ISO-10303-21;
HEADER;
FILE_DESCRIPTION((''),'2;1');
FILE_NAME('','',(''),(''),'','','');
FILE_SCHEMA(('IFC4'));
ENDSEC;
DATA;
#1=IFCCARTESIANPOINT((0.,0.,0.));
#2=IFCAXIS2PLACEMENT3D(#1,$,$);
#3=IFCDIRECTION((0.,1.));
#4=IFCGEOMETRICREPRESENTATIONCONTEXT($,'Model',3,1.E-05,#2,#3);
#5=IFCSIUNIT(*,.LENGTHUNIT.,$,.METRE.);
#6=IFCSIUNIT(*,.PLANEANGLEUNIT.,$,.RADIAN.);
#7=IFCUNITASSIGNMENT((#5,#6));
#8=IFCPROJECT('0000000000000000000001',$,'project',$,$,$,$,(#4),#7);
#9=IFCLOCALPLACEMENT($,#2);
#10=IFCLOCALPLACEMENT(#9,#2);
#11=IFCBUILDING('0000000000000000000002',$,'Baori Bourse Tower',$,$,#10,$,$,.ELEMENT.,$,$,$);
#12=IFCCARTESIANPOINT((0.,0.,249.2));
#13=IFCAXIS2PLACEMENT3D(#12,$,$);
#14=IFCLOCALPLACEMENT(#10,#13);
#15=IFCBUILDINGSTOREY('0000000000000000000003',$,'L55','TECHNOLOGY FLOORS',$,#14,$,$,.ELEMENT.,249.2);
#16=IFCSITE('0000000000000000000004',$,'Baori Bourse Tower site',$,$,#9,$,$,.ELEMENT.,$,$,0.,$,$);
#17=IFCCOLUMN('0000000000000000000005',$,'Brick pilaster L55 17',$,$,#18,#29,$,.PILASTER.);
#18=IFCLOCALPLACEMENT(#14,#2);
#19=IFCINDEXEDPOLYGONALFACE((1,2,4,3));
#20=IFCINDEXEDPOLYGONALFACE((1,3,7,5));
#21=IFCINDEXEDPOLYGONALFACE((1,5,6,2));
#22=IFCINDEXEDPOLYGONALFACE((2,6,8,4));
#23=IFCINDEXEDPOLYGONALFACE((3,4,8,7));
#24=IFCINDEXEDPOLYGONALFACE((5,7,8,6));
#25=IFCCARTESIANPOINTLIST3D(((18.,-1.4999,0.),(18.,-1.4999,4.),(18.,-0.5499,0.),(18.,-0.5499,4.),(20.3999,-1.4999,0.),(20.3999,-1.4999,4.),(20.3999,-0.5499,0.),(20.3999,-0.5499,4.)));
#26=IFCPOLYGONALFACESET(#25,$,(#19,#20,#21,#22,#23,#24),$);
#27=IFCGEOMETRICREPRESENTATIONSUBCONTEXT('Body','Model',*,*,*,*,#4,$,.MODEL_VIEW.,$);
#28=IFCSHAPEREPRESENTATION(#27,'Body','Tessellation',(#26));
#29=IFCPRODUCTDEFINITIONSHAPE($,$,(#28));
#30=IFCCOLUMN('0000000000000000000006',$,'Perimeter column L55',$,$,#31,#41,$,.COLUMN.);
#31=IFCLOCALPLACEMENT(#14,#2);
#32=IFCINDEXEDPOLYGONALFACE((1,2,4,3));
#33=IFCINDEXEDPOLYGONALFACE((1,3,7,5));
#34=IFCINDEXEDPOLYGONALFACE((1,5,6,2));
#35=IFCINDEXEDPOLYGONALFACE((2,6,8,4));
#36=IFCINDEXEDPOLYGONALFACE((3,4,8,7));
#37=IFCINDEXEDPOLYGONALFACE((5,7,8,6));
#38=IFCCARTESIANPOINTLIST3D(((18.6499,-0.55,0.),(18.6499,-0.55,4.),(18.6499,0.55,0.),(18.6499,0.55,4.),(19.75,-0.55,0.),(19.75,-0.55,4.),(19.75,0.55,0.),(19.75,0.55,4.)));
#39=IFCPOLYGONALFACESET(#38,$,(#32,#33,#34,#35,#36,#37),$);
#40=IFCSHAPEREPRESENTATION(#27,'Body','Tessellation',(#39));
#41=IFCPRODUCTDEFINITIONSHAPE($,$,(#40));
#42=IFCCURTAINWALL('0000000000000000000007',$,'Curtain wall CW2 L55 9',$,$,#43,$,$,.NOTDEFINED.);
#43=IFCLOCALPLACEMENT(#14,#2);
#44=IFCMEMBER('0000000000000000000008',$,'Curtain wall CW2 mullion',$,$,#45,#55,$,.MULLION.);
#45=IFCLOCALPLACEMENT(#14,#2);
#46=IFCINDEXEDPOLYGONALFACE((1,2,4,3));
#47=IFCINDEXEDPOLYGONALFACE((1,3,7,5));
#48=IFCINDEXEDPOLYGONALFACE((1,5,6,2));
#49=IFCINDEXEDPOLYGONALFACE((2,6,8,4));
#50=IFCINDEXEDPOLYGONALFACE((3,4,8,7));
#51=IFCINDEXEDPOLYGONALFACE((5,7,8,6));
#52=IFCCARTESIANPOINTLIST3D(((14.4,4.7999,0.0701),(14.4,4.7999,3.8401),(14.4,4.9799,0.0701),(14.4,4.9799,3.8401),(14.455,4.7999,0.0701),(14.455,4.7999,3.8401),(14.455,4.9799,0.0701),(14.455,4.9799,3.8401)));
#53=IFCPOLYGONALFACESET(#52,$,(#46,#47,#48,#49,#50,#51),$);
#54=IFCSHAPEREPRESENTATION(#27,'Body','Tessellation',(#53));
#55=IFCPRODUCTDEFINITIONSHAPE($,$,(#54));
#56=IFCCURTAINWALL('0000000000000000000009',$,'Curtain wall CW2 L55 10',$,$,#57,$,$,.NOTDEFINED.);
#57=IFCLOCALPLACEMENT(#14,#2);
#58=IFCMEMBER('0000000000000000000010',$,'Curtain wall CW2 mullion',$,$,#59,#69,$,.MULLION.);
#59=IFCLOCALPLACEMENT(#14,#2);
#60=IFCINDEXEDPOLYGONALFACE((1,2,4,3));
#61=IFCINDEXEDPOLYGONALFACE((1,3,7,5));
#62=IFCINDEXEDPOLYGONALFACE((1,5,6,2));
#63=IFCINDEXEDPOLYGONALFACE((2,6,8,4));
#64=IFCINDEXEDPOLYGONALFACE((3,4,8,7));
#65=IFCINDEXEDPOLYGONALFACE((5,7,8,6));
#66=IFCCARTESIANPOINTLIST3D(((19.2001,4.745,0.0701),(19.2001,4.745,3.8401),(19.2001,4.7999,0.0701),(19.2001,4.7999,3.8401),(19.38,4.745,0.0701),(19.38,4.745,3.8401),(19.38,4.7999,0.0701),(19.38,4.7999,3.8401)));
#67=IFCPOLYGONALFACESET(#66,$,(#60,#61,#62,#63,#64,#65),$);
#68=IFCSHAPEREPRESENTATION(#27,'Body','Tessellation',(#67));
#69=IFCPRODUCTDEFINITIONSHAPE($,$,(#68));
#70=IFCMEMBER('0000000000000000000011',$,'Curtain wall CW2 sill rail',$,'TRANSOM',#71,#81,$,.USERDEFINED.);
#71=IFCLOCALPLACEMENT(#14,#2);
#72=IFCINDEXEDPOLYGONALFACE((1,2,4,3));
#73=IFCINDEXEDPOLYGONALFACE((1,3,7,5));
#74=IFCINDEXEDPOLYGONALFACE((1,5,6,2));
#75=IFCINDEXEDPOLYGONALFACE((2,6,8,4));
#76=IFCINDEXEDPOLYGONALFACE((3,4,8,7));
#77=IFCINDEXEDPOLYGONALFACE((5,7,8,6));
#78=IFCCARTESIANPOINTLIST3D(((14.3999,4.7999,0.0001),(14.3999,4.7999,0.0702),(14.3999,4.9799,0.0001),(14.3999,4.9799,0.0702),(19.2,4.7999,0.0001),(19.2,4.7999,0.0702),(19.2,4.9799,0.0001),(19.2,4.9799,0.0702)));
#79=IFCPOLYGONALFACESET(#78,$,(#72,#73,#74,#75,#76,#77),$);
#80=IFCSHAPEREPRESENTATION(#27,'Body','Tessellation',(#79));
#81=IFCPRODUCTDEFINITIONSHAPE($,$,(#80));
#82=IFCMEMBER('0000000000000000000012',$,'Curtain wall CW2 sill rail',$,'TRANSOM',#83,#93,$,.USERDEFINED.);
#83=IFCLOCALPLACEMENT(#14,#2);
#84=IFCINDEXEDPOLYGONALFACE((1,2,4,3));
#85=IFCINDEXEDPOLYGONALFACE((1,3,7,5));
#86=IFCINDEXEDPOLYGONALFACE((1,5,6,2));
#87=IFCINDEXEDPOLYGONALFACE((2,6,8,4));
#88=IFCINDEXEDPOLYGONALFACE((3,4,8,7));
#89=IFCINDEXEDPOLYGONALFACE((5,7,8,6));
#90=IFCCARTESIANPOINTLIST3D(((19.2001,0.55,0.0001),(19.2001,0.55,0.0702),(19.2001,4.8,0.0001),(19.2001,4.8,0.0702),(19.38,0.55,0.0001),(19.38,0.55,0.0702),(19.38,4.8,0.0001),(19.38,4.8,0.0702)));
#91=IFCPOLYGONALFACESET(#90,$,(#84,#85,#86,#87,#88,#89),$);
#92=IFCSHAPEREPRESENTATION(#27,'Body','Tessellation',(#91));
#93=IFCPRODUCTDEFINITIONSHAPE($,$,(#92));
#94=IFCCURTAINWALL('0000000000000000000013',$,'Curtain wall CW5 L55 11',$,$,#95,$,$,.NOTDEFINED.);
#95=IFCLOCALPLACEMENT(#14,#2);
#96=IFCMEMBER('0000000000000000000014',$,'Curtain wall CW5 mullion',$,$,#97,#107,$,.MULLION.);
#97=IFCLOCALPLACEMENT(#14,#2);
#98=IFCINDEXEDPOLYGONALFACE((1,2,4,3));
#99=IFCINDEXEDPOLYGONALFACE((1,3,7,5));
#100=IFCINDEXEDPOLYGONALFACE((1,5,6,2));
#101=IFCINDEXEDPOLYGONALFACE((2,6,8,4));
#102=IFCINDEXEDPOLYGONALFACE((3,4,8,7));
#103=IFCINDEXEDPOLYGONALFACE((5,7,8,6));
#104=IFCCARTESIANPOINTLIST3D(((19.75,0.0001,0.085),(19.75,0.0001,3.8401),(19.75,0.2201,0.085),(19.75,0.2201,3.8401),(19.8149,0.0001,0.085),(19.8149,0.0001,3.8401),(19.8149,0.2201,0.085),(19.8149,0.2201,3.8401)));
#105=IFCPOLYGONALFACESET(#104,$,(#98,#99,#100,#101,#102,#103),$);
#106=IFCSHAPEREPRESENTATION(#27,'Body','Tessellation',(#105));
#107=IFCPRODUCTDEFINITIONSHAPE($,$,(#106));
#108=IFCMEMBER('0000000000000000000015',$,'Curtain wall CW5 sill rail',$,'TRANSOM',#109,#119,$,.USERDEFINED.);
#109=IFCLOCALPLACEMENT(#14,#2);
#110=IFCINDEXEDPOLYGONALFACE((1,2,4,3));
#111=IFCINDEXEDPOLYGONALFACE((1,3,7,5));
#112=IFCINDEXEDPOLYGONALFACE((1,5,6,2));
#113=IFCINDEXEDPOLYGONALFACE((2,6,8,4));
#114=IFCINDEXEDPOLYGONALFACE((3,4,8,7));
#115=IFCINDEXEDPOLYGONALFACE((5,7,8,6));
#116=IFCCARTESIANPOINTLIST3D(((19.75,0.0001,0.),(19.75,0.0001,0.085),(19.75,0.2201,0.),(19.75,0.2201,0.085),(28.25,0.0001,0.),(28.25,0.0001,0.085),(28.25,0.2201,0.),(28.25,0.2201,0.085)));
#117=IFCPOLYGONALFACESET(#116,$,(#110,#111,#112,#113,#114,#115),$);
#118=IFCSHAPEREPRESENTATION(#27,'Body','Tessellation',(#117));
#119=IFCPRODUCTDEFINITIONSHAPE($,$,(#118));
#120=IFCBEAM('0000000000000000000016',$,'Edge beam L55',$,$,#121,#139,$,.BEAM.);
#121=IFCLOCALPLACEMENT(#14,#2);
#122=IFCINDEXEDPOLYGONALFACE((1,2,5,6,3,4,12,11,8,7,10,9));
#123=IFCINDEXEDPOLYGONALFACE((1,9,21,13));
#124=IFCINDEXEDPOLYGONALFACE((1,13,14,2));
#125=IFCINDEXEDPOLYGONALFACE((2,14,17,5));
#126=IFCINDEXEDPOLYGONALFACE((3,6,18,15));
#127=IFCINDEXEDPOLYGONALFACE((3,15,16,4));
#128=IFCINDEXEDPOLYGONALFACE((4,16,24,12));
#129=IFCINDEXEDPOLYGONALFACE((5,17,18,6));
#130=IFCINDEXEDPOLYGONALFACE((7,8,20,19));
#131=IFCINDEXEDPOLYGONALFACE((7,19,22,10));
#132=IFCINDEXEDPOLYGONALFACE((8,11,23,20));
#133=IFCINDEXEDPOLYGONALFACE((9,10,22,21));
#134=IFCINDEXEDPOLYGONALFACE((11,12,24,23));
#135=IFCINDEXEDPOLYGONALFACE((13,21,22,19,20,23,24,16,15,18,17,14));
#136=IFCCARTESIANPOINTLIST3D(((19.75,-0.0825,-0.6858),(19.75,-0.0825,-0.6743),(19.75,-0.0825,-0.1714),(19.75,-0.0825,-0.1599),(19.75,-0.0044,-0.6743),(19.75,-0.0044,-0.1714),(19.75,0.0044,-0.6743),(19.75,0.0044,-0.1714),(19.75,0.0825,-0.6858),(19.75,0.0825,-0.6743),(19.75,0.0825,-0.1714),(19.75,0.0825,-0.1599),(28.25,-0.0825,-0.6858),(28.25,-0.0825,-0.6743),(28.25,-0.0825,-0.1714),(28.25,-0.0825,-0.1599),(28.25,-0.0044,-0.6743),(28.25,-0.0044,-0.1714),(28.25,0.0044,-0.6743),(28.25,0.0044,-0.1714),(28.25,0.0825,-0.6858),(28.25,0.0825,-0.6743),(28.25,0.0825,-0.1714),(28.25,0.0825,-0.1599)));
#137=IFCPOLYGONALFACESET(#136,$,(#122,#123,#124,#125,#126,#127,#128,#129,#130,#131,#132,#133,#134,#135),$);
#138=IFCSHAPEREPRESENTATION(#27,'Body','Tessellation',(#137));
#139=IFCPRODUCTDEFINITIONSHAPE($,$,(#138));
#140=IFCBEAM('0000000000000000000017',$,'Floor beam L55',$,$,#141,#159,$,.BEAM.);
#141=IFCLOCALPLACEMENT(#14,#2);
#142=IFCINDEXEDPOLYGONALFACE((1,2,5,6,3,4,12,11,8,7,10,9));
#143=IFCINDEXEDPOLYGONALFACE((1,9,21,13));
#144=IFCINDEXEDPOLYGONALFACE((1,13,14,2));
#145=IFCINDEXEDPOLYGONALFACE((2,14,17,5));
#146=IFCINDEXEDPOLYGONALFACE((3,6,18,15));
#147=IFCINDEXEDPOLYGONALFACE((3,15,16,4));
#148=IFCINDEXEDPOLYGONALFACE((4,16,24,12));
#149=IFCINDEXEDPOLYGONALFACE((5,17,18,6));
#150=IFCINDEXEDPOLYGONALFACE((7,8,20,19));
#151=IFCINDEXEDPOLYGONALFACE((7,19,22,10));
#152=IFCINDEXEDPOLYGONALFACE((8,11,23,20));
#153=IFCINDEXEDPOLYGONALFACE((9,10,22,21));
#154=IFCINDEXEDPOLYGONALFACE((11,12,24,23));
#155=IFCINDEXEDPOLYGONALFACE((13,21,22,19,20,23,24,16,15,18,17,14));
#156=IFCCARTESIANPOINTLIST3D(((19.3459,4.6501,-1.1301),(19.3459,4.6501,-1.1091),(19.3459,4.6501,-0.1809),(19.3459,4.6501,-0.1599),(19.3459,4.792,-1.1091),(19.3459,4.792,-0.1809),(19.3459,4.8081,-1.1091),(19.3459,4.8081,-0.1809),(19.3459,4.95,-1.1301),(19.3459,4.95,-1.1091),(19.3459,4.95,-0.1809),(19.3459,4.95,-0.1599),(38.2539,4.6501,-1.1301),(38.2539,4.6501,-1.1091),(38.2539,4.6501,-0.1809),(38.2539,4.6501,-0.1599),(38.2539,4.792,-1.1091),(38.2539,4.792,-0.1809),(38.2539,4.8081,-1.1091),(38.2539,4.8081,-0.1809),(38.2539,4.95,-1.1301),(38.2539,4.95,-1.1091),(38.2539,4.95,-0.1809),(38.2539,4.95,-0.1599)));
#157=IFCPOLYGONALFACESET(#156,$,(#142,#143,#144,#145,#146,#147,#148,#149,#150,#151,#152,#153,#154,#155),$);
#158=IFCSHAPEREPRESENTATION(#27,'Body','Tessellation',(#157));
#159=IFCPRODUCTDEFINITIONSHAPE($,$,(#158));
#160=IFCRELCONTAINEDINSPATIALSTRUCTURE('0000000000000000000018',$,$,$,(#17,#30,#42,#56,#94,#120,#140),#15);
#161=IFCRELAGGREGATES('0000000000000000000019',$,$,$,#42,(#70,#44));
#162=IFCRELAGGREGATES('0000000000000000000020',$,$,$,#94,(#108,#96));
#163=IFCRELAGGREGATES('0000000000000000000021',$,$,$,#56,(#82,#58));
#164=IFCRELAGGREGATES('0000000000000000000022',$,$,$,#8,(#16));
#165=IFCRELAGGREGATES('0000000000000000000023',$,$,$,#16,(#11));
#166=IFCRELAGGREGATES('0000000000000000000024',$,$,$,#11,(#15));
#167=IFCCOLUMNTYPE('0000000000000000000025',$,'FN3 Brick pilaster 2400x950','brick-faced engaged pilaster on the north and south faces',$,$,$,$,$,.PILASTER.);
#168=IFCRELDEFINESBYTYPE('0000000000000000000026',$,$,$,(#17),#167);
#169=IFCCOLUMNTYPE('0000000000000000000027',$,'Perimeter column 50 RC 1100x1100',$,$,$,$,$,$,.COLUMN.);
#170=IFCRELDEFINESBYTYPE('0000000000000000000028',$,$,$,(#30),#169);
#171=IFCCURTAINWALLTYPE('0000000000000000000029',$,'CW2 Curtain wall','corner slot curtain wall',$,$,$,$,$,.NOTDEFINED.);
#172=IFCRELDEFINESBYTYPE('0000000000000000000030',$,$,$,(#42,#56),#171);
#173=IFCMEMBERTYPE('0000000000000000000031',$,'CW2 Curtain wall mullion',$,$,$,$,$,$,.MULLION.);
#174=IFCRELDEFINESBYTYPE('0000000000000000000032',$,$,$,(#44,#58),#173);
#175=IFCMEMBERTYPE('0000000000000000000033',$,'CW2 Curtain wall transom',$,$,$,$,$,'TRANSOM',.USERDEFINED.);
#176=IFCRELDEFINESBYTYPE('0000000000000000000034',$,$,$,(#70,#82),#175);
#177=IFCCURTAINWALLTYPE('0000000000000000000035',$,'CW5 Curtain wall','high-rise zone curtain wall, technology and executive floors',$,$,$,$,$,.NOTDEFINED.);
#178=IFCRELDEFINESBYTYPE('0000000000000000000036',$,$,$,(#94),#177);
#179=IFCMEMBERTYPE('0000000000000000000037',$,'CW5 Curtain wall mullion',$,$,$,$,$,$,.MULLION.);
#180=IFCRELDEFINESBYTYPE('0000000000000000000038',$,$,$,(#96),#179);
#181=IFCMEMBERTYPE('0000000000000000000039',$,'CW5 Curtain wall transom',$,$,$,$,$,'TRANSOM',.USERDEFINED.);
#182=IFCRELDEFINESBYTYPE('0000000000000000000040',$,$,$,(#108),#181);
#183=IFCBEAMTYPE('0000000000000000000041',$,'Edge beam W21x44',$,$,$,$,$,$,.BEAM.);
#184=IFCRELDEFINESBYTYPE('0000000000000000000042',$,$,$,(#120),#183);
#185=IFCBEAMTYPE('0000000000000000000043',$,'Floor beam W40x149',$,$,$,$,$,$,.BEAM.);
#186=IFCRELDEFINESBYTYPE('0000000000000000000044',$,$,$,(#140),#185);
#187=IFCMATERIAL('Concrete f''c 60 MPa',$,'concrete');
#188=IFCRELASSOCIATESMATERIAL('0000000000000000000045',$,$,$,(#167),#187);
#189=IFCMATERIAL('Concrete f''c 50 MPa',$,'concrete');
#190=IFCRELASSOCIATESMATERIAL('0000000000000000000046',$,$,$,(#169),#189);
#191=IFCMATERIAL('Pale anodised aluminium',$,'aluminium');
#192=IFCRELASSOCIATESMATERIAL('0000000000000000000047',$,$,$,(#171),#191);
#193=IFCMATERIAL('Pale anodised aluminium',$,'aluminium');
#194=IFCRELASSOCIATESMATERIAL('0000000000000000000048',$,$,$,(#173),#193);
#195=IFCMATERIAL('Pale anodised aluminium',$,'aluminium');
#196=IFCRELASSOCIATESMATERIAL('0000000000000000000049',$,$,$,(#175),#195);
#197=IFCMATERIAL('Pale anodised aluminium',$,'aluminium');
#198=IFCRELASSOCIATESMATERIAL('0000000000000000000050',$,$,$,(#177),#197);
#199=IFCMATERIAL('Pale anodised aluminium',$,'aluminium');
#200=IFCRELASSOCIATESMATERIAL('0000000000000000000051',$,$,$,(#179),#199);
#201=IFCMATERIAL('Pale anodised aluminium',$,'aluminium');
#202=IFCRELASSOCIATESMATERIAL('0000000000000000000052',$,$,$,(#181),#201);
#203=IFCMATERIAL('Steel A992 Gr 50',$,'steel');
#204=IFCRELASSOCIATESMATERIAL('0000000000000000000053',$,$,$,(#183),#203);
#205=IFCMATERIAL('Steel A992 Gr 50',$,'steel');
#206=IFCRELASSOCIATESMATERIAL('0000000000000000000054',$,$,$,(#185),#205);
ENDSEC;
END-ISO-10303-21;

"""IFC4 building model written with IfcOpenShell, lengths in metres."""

from ifc_helpers import new_model, si_unit, direction, frame, origin, origin_2d, place, context, subcontext, project, spatial, rectangle, i_section, extrude, material, material_profile, profile_set, type_object, element, aggregate, save


model = new_model("IFC4")

# Units and contexts
model_context = context("Model", 3, precision=1e-05, world=origin(), true_north=direction((0.0, 1.0)))
body_context = subcontext(model_context, "Body", "Model", "MODEL_VIEW")
ifc_project = project(units=[si_unit("LENGTHUNIT", "METRE"), si_unit("PLANEANGLEUNIT", "RADIAN")], contexts=[model_context])

# Site, building, storey
site_placement = place(None, origin())
site = spatial("IfcSite", under=ifc_project, at=site_placement, Name="Baori Bourse Tower site", CompositionType="ELEMENT", RefElevation=0.0)
building_placement = place(site_placement, origin())
building = spatial("IfcBuilding", under=site, at=building_placement, Name="Baori Bourse Tower", CompositionType="ELEMENT")
storey_placement = place(building_placement, frame((0.0, 0.0, 249.2)))
storey = spatial("IfcBuildingStorey", under=building, at=storey_placement, Name="L55", Description="TECHNOLOGY FLOORS", CompositionType="ELEMENT", Elevation=249.2)

# Columns
ifc_material_1 = material(Name="Concrete f'c 60 MPa", Category="concrete")
ifc_material_profile_1 = material_profile(ifc_material_1, rectangle(XDim=2.3999, YDim=0.95, at=origin_2d()), Name="RC 2400x950")
ifc_profile_set_1 = profile_set([ifc_material_profile_1], Name="Concrete f'c 60 MPa")
column_type_1 = type_object("IfcColumnType", Name="FN3 Brick pilaster 2400x950", Description="brick-faced engaged pilaster on the north and south faces", PredefinedType="PILASTER", material=ifc_profile_set_1)
column_1_placement = place(storey_placement, frame((19.2, -1.0249, 0.0), z_axis=(0.0, 0.0, 1.0), x_axis=(1.0, 0.0, 0.0)))
element("IfcColumn", 1, at=column_1_placement, inside=storey, type_object=column_type_1, Name="Brick pilaster L55 17", PredefinedType="PILASTER", context=body_context, shape_type="SweptSolid", body=[
    extrude(rectangle(XDim=2.3999, YDim=0.95, at=origin_2d()), origin(), (0.0, 0.0, 1.0), 4.0),
])
ifc_material_2 = material(Name="Concrete f'c 50 MPa", Category="concrete")
ifc_material_profile_2 = material_profile(ifc_material_2, rectangle(XDim=1.1001, YDim=1.1001, at=origin_2d()), Name="RC 1100x1100")
ifc_profile_set_2 = profile_set([ifc_material_profile_2], Name="Concrete f'c 50 MPa")
column_type_2 = type_object("IfcColumnType", Name="Perimeter column 50 RC 1100x1100", PredefinedType="COLUMN", material=ifc_profile_set_2)
column_2_placement = place(storey_placement, frame((19.2, 0.0, 0.0), z_axis=(0.0, 0.0, 1.0), x_axis=(1.0, 0.0, 0.0)))
element("IfcColumn", 2, at=column_2_placement, inside=storey, type_object=column_type_2, Name="Perimeter column L55", PredefinedType="COLUMN", context=body_context, shape_type="SweptSolid", body=[
    extrude(rectangle(XDim=1.1001, YDim=1.1001, at=origin_2d()), origin(), (0.0, 0.0, 1.0), 4.0),
])

# Curtain walls, members
ifc_material_3 = material(Name="Pale anodised aluminium", Category="aluminium")
curtain_wall_type_1 = type_object("IfcCurtainWallType", Name="CW2 Curtain wall", Description="corner slot curtain wall", PredefinedType="NOTDEFINED", material=ifc_material_3)
curtain_wall_1_placement = place(storey_placement, origin())
curtain_wall_1 = element("IfcCurtainWall", 3, at=curtain_wall_1_placement, inside=storey, type_object=curtain_wall_type_1, Name="Curtain wall CW2 L55 9", PredefinedType="NOTDEFINED")
ifc_material_4 = material(Name="Pale anodised aluminium", Category="aluminium")
ifc_material_profile_3 = material_profile(ifc_material_4, rectangle(XDim=0.1799, YDim=0.0549, at=origin_2d()), Name="Mullion 55x180")
ifc_profile_set_3 = profile_set([ifc_material_profile_3], Name="Pale anodised aluminium")
member_type_1 = type_object("IfcMemberType", Name="CW2 Curtain wall mullion", PredefinedType="MULLION", material=ifc_profile_set_3)
member_1_placement = place(storey_placement, frame((14.4275, 4.8899, 0.0701), z_axis=(0.0, 0.0, 1.0), x_axis=(0.0, 1.0, 0.0)))
member_1 = element("IfcMember", 4, at=member_1_placement, type_object=member_type_1, Name="Curtain wall CW2 mullion", PredefinedType="MULLION", context=body_context, shape_type="SweptSolid", body=[
    extrude(rectangle(XDim=0.1799, YDim=0.0549, at=origin_2d()), origin(), (0.0, 0.0, 1.0), 3.77),
])
curtain_wall_2_placement = place(storey_placement, origin())
curtain_wall_2 = element("IfcCurtainWall", 5, at=curtain_wall_2_placement, inside=storey, type_object=curtain_wall_type_1, Name="Curtain wall CW2 L55 10", PredefinedType="NOTDEFINED")
member_2_placement = place(storey_placement, frame((19.29, 4.7725, 0.0701), z_axis=(0.0, 0.0, 1.0), x_axis=(1.0, 0.0, 0.0)))
member_2 = element("IfcMember", 6, at=member_2_placement, type_object=member_type_1, Name="Curtain wall CW2 mullion", PredefinedType="MULLION", context=body_context, shape_type="SweptSolid", body=[
    extrude(rectangle(XDim=0.1799, YDim=0.0549, at=origin_2d()), origin(), (0.0, 0.0, 1.0), 3.77),
])

# Members
ifc_material_5 = material(Name="Pale anodised aluminium", Category="aluminium")
ifc_material_profile_4 = material_profile(ifc_material_5, rectangle(XDim=0.1799, YDim=0.0701, at=origin_2d()), Name="Transom 70x180")
ifc_profile_set_4 = profile_set([ifc_material_profile_4], Name="Pale anodised aluminium")
member_type_2 = type_object("IfcMemberType", Name="CW2 Curtain wall transom", ElementType="TRANSOM", PredefinedType="USERDEFINED", material=ifc_profile_set_4)
member_3_placement = place(storey_placement, frame((14.3999, 4.8899, 0.0352), z_axis=(1.0, 0.0, 0.0), x_axis=(0.0, 1.0, 0.0)))
member_3 = element("IfcMember", 7, at=member_3_placement, type_object=member_type_2, Name="Curtain wall CW2 sill rail", ObjectType="TRANSOM", PredefinedType="USERDEFINED", context=body_context, shape_type="SweptSolid", body=[
    extrude(rectangle(XDim=0.1799, YDim=0.0701, at=origin_2d()), origin(), (0.0, 0.0, 1.0), 4.8),
])
aggregate(curtain_wall_1, [member_3, member_1])
member_4_placement = place(storey_placement, frame((19.29, 4.8, 0.0352), z_axis=(0.0, -1.0, 0.0), x_axis=(1.0, 0.0, 0.0)))
member_4 = element("IfcMember", 8, at=member_4_placement, type_object=member_type_2, Name="Curtain wall CW2 sill rail", ObjectType="TRANSOM", PredefinedType="USERDEFINED", context=body_context, shape_type="SweptSolid", body=[
    extrude(rectangle(XDim=0.1799, YDim=0.0701, at=origin_2d()), origin(), (0.0, 0.0, 1.0), 4.25),
])

# Curtain wall, members
ifc_material_6 = material(Name="Pale anodised aluminium", Category="aluminium")
curtain_wall_type_2 = type_object("IfcCurtainWallType", Name="CW5 Curtain wall", Description="high-rise zone curtain wall, technology and executive floors", PredefinedType="NOTDEFINED", material=ifc_material_6)
curtain_wall_3_placement = place(storey_placement, origin())
curtain_wall_3 = element("IfcCurtainWall", 9, at=curtain_wall_3_placement, inside=storey, type_object=curtain_wall_type_2, Name="Curtain wall CW5 L55 11", PredefinedType="NOTDEFINED")
ifc_material_7 = material(Name="Pale anodised aluminium", Category="aluminium")
ifc_material_profile_5 = material_profile(ifc_material_7, rectangle(XDim=0.22, YDim=0.0649, at=origin_2d()), Name="Mullion 65x220")
ifc_profile_set_5 = profile_set([ifc_material_profile_5], Name="Pale anodised aluminium")
member_type_3 = type_object("IfcMemberType", Name="CW5 Curtain wall mullion", PredefinedType="MULLION", material=ifc_profile_set_5)
member_5_placement = place(storey_placement, frame((19.7825, 0.1101, 0.085), z_axis=(0.0, 0.0, 1.0), x_axis=(0.0, 1.0, 0.0)))
member_5 = element("IfcMember", 10, at=member_5_placement, type_object=member_type_3, Name="Curtain wall CW5 mullion", PredefinedType="MULLION", context=body_context, shape_type="SweptSolid", body=[
    extrude(rectangle(XDim=0.22, YDim=0.0649, at=origin_2d()), origin(), (0.0, 0.0, 1.0), 3.7551),
])
ifc_material_8 = material(Name="Pale anodised aluminium", Category="aluminium")
ifc_material_profile_6 = material_profile(ifc_material_8, rectangle(XDim=0.22, YDim=0.085, at=origin_2d()), Name="Transom 85x220")
ifc_profile_set_6 = profile_set([ifc_material_profile_6], Name="Pale anodised aluminium")
member_type_4 = type_object("IfcMemberType", Name="CW5 Curtain wall transom", ElementType="TRANSOM", PredefinedType="USERDEFINED", material=ifc_profile_set_6)
member_6_placement = place(storey_placement, frame((19.75, 0.1101, 0.0425), z_axis=(1.0, 0.0, 0.0), x_axis=(0.0, 1.0, 0.0)))
member_6 = element("IfcMember", 11, at=member_6_placement, type_object=member_type_4, Name="Curtain wall CW5 sill rail", ObjectType="TRANSOM", PredefinedType="USERDEFINED", context=body_context, shape_type="SweptSolid", body=[
    extrude(rectangle(XDim=0.22, YDim=0.085, at=origin_2d()), origin(), (0.0, 0.0, 1.0), 8.5),
])
aggregate(curtain_wall_3, [member_6, member_5])

# Beams
ifc_material_9 = material(Name="Steel A992 Gr 50", Category="steel")
ifc_material_profile_7 = material_profile(ifc_material_9, i_section(OverallWidth=0.165, OverallDepth=0.5259, WebThickness=0.0088, FlangeThickness=0.0115, at=origin_2d()), Name="W21x44")
ifc_profile_set_7 = profile_set([ifc_material_profile_7], Name="Steel A992 Gr 50")
beam_type_1 = type_object("IfcBeamType", Name="Edge beam W21x44", PredefinedType="BEAM", material=ifc_profile_set_7)
beam_1_placement = place(storey_placement, frame((19.75, 0.0, -0.4229), z_axis=(1.0, 0.0, 0.0), x_axis=(0.0, 1.0, 0.0)))
element("IfcBeam", 12, at=beam_1_placement, inside=storey, type_object=beam_type_1, Name="Edge beam L55", PredefinedType="BEAM", context=body_context, shape_type="SweptSolid", body=[
    extrude(i_section(OverallWidth=0.165, OverallDepth=0.5259, WebThickness=0.0088, FlangeThickness=0.0115, at=origin_2d()), origin(), (0.0, 0.0, 1.0), 8.5),
])
ifc_material_10 = material(Name="Steel A992 Gr 50", Category="steel")
ifc_material_profile_8 = material_profile(ifc_material_10, i_section(OverallWidth=0.2998, OverallDepth=0.9702, WebThickness=0.0161, FlangeThickness=0.021, at=origin_2d()), Name="W40x149")
ifc_profile_set_8 = profile_set([ifc_material_profile_8], Name="Steel A992 Gr 50")
beam_type_2 = type_object("IfcBeamType", Name="Floor beam W40x149", PredefinedType="BEAM", material=ifc_profile_set_8)
beam_2_placement = place(storey_placement, frame((19.3459, 4.8, -0.645), z_axis=(1.0, 0.0, 0.0), x_axis=(0.0, 1.0, 0.0)))
element("IfcBeam", 13, at=beam_2_placement, inside=storey, type_object=beam_type_2, Name="Floor beam L55", PredefinedType="BEAM", context=body_context, shape_type="SweptSolid", body=[
    extrude(i_section(OverallWidth=0.2998, OverallDepth=0.9702, WebThickness=0.0161, FlangeThickness=0.021, at=origin_2d()), origin(), (0.0, 0.0, 1.0), 18.908),
])

aggregate(curtain_wall_2, [member_4, member_2])

save(model, "model.ifc")
